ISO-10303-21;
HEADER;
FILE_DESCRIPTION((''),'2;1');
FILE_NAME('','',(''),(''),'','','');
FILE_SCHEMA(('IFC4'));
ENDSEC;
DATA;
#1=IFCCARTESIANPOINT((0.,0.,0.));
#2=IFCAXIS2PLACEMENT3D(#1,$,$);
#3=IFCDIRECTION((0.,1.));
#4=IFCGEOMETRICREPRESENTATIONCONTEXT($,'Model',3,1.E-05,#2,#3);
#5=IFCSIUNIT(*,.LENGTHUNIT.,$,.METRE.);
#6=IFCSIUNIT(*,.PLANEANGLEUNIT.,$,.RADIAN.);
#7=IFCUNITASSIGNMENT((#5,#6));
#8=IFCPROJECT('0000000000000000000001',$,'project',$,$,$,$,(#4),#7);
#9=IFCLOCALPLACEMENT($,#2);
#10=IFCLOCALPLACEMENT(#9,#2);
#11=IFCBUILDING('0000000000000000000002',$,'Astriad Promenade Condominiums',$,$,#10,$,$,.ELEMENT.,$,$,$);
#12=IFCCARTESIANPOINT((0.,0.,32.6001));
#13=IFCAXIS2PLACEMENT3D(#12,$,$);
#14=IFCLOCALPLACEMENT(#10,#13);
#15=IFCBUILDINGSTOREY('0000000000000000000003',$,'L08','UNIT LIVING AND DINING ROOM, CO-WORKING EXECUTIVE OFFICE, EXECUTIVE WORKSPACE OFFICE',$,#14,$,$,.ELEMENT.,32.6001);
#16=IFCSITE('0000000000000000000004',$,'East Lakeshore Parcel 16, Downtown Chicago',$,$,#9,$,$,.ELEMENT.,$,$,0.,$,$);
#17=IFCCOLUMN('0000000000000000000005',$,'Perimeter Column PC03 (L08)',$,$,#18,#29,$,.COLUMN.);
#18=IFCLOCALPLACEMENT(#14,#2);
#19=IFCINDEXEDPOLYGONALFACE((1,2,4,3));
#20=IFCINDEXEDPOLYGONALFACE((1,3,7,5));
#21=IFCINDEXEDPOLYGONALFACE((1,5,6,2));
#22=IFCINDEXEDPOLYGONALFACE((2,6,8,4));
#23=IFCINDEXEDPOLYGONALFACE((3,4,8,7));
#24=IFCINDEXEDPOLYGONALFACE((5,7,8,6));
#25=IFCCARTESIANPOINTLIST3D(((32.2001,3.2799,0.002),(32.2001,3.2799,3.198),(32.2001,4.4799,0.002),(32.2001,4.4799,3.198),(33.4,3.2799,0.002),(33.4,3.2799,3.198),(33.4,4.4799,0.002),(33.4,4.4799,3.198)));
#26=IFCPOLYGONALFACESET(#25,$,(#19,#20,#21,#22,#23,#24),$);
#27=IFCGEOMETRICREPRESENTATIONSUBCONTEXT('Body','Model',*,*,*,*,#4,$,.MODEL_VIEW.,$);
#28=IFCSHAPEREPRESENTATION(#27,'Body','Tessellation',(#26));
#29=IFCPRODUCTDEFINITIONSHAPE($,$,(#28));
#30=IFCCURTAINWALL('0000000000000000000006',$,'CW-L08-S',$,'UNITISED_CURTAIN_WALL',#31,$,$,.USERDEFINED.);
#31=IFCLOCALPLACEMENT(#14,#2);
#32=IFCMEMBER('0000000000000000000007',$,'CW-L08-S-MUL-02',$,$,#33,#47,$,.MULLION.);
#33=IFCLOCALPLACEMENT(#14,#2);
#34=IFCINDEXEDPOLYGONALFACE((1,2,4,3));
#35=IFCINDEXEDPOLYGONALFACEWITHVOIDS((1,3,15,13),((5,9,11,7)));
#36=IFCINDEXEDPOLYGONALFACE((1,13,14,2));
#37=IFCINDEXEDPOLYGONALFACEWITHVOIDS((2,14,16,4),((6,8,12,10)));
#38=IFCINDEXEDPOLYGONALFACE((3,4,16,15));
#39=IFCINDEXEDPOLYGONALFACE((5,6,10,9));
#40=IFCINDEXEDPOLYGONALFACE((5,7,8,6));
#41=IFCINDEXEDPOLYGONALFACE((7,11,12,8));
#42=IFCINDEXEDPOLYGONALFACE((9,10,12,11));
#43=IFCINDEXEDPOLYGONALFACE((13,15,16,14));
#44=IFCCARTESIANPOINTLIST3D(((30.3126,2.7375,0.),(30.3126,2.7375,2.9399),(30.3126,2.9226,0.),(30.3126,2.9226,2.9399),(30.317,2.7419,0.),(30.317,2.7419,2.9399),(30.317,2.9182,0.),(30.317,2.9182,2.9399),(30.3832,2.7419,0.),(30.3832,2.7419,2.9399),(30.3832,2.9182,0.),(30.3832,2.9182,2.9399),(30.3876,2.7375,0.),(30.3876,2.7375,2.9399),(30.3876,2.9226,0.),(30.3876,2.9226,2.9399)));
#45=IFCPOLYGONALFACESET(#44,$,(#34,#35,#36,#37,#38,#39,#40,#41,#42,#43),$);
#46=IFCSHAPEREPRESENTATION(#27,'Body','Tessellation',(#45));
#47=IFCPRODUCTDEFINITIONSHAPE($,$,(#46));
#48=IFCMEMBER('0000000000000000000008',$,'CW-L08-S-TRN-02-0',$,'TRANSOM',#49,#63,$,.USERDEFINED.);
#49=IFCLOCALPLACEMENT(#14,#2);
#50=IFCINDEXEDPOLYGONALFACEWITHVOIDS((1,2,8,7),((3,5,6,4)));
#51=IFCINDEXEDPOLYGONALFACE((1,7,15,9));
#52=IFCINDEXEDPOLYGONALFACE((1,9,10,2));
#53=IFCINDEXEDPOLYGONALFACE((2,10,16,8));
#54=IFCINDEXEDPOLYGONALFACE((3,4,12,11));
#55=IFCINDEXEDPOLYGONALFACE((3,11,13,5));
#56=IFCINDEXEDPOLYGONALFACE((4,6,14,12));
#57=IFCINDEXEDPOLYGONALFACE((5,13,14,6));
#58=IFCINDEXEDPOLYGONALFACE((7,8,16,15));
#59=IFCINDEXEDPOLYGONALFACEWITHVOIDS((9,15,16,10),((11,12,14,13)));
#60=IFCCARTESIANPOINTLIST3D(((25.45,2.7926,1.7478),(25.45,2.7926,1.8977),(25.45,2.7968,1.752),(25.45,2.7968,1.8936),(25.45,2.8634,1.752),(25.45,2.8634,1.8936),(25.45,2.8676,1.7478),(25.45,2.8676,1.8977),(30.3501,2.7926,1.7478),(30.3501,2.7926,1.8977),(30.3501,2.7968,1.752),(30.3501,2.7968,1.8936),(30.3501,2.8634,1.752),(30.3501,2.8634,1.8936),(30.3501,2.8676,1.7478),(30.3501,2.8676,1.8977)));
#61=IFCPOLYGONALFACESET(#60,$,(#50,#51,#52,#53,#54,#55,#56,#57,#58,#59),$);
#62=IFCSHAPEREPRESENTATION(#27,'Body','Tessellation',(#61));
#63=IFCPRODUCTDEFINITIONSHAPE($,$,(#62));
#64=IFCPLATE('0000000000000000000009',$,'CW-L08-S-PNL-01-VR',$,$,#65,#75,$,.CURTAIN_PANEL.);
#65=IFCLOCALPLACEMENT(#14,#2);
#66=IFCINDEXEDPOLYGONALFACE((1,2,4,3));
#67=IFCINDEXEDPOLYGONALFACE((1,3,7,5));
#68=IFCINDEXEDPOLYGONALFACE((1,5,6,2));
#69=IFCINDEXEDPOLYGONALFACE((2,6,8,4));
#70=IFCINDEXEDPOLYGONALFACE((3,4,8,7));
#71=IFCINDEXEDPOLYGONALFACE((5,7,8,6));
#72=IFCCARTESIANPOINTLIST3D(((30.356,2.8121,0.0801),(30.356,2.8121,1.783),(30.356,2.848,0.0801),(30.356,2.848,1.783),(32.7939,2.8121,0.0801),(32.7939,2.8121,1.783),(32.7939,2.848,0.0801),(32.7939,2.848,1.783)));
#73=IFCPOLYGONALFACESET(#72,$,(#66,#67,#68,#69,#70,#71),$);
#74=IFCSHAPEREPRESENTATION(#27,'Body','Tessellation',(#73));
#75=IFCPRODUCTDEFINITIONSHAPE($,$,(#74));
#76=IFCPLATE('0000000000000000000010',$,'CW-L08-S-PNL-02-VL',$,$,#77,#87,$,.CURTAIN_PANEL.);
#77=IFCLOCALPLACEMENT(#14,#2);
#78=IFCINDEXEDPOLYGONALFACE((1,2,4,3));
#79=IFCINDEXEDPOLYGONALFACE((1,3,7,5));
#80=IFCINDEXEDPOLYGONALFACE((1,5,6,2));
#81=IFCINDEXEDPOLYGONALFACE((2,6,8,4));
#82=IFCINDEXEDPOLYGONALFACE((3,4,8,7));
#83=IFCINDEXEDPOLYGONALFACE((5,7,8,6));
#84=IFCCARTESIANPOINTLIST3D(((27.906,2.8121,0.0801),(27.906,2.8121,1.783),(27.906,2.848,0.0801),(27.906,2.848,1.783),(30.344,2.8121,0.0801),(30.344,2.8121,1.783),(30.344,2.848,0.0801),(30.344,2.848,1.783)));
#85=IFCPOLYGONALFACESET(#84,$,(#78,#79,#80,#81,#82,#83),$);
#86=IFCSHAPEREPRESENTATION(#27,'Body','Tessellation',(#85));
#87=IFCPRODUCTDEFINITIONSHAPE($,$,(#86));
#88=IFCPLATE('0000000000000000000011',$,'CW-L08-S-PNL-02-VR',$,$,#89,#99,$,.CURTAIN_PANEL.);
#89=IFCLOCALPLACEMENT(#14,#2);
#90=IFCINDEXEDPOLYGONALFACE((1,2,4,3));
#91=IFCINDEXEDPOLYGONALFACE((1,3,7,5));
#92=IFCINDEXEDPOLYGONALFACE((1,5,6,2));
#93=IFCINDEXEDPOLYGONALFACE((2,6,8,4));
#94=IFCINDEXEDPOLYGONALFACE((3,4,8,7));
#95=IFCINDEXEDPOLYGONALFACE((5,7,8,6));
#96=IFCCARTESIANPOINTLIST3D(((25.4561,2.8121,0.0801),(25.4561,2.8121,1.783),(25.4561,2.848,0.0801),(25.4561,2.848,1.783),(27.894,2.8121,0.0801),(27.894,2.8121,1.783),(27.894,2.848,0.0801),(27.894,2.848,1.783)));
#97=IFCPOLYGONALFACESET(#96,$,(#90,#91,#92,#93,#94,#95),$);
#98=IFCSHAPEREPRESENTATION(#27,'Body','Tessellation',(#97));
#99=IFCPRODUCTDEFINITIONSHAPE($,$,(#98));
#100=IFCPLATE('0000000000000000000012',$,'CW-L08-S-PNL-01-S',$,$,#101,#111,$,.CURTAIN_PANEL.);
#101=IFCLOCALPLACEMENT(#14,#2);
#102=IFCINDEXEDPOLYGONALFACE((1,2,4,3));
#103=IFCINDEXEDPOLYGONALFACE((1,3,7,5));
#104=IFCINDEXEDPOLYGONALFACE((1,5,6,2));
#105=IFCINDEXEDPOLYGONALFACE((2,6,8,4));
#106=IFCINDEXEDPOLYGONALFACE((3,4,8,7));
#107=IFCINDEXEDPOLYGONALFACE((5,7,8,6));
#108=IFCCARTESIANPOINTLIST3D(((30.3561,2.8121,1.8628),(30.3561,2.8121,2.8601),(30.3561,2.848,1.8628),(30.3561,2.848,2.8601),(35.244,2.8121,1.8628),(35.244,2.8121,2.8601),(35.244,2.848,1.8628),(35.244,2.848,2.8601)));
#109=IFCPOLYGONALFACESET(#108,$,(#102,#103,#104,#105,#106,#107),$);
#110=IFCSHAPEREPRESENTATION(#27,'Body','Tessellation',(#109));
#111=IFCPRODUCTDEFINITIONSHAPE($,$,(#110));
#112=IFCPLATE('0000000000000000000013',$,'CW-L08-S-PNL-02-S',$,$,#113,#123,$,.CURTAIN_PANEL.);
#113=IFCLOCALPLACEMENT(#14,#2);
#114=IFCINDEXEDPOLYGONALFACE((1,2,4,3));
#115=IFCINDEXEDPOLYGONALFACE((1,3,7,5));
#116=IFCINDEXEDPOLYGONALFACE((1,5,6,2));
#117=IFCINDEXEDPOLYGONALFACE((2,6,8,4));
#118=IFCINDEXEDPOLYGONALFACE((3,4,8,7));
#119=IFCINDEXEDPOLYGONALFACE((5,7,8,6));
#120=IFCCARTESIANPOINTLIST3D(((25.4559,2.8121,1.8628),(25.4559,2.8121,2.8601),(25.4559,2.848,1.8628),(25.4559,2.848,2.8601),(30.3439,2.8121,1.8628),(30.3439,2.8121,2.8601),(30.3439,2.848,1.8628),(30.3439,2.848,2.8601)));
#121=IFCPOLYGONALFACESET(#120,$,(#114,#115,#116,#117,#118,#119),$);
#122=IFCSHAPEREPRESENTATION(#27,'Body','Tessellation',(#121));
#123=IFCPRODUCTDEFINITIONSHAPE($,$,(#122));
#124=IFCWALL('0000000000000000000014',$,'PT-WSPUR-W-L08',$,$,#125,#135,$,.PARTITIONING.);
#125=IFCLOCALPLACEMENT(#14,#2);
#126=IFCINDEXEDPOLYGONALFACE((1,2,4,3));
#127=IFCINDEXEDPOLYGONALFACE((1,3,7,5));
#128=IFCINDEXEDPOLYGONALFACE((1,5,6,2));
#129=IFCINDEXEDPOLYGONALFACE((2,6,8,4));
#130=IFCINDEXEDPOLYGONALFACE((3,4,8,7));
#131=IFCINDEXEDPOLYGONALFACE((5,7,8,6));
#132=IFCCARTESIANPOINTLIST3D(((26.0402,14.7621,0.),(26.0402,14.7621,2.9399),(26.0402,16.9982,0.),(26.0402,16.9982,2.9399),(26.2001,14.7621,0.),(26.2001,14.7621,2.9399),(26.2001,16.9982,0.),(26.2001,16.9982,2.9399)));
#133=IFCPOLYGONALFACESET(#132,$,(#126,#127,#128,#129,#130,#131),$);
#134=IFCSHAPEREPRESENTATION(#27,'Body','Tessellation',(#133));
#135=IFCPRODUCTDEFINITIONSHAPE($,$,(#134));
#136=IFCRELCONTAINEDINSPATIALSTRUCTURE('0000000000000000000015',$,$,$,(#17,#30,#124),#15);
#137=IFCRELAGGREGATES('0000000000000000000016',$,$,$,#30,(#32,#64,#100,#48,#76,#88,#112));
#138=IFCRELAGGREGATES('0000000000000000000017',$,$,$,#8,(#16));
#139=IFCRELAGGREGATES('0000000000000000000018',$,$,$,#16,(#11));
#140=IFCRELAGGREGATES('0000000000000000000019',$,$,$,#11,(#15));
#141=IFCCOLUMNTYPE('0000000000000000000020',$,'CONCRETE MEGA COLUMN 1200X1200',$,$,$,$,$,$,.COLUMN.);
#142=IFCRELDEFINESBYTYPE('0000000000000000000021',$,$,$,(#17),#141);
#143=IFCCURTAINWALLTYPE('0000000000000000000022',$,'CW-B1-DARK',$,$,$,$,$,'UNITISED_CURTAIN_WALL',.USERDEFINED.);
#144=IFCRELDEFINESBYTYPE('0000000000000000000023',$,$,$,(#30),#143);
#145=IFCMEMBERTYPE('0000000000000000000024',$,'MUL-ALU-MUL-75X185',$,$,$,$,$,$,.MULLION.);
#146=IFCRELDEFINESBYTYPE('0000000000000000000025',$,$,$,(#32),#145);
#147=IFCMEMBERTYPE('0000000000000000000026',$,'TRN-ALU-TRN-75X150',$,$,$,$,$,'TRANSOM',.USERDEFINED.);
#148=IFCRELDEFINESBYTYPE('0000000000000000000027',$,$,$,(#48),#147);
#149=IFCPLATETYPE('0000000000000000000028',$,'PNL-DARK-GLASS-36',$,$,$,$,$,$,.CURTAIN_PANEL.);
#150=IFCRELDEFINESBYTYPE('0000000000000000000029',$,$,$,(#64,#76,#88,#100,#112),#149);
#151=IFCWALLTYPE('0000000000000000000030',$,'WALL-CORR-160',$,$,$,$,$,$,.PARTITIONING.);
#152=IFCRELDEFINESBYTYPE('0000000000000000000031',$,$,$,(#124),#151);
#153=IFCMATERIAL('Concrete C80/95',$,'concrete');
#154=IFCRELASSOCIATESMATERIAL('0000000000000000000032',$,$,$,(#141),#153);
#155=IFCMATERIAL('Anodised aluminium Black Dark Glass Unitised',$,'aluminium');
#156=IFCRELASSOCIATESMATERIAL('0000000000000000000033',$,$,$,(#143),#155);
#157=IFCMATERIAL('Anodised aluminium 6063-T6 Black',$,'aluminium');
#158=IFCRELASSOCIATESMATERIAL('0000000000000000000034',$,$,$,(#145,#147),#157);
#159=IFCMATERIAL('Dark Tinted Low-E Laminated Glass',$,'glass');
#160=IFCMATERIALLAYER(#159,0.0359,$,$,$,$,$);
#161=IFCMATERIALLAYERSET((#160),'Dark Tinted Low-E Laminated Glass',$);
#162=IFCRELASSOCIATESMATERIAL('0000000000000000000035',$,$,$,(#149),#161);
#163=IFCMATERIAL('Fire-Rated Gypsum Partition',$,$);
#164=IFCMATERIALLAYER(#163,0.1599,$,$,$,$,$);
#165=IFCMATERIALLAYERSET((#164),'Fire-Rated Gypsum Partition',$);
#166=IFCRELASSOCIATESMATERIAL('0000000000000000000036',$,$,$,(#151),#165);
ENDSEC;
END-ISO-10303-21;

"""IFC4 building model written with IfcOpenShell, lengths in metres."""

from ifc_helpers import new_model, si_unit, direction, frame, frame_2d, origin, origin_2d, place, context, subcontext, project, spatial, rectangle, hollow_rectangle, extrude, source, transform, mapped, material, layer, layer_set, material_profile, profile_set, type_object, type_shapes, element, aggregate, save


model = new_model("IFC4")

# Units and contexts
model_context = context("Model", 3, precision=1e-05, world=origin(), true_north=direction((0.0, 1.0)))
body_context = subcontext(model_context, "Body", "Model", "MODEL_VIEW")
ifc_project = project(units=[si_unit("LENGTHUNIT", "METRE"), si_unit("PLANEANGLEUNIT", "RADIAN")], contexts=[model_context])

# Site, building, storey
site_placement = place(None, origin())
site = spatial("IfcSite", under=ifc_project, at=site_placement, Name="East Lakeshore Parcel 16, Downtown Chicago", CompositionType="ELEMENT", RefElevation=0.0)
building_placement = place(site_placement, origin())
building = spatial("IfcBuilding", under=site, at=building_placement, Name="Astriad Promenade Condominiums", CompositionType="ELEMENT")
storey_placement = place(building_placement, frame((0.0, 0.0, 32.6001)))
storey = spatial("IfcBuildingStorey", under=building, at=storey_placement, Name="L08", Description="UNIT LIVING AND DINING ROOM, CO-WORKING EXECUTIVE OFFICE, EXECUTIVE WORKSPACE OFFICE", CompositionType="ELEMENT", Elevation=32.6001)

# Column
ifc_material_1 = material(Name="Concrete C80/95", Category="concrete")
ifc_material_profile_1 = material_profile(ifc_material_1, rectangle(XDim=1.2, YDim=1.2, at=origin_2d()), Name="RC-COL-1200X1200")
ifc_profile_set_1 = profile_set([ifc_material_profile_1], Name="Concrete C80/95")
column_type = type_object("IfcColumnType", Name="CONCRETE MEGA COLUMN 1200X1200", PredefinedType="COLUMN", material=ifc_profile_set_1)
shared_shape_1 = source(origin(), body_context, "Body", "SweptSolid", [
    extrude(rectangle(XDim=1.2, YDim=1.2, at=origin_2d()), origin(), (0.0, 0.0, 1.0), 3.196),
])
type_shapes(column_type, [shared_shape_1])
column_placement = place(storey_placement, frame((32.8, 3.8799, 0.002), z_axis=(0.0, 0.0, 1.0), x_axis=(1.0, 0.0, 0.0)))
element("IfcColumn", 1, at=column_placement, inside=storey, type_object=column_type, Name="Perimeter Column PC03 (L08)", PredefinedType="COLUMN", context=body_context, shape_type="MappedRepresentation", body=[
    mapped(shared_shape_1, transform((0.0, 0.0, 0.0), scale=1.0)),
])

# Curtain wall, members, plates
ifc_material_2 = material(Name="Anodised aluminium Black Dark Glass Unitised", Category="aluminium")
curtain_wall_type = type_object("IfcCurtainWallType", Name="CW-B1-DARK", ElementType="UNITISED_CURTAIN_WALL", PredefinedType="USERDEFINED", material=ifc_material_2)
curtain_wall_placement = place(storey_placement, origin())
curtain_wall = element("IfcCurtainWall", 2, at=curtain_wall_placement, inside=storey, type_object=curtain_wall_type, Name="CW-L08-S", ObjectType="UNITISED_CURTAIN_WALL", PredefinedType="USERDEFINED")
ifc_material_3 = material(Name="Anodised aluminium 6063-T6 Black", Category="aluminium")
ifc_material_profile_2 = material_profile(ifc_material_3, hollow_rectangle(XDim=0.075, YDim=0.1851, WallThickness=0.0044, at=origin_2d()), Name="ALU-MUL-75X185")
ifc_profile_set_2 = profile_set([ifc_material_profile_2], Name="Anodised aluminium 6063-T6 Black")
member_type_1 = type_object("IfcMemberType", Name="MUL-ALU-MUL-75X185", PredefinedType="MULLION", material=ifc_profile_set_2)
shared_shape_2 = source(origin(), body_context, "Body", "SweptSolid", [
    extrude(hollow_rectangle(XDim=0.075, YDim=0.1851, WallThickness=0.0044, at=origin_2d()), origin(), (0.0, 0.0, 1.0), 2.9399),
])
type_shapes(member_type_1, [shared_shape_2])
member_1_placement = place(storey_placement, frame((30.3501, 2.8301, 0.0), z_axis=(0.0, 0.0, 1.0), x_axis=(1.0, 0.0, 0.0)))
member_1 = element("IfcMember", 3, at=member_1_placement, type_object=member_type_1, Name="CW-L08-S-MUL-02", PredefinedType="MULLION", context=body_context, shape_type="MappedRepresentation", body=[
    mapped(shared_shape_2, transform((0.0, 0.0, 0.0), scale=1.0)),
])
ifc_material_profile_3 = material_profile(ifc_material_3, hollow_rectangle(XDim=0.075, YDim=0.1499, WallThickness=0.0042, at=origin_2d()), Name="ALU-TRN-75X150")
ifc_profile_set_3 = profile_set([ifc_material_profile_3], Name="Anodised aluminium 6063-T6 Black")
member_type_2 = type_object("IfcMemberType", Name="TRN-ALU-TRN-75X150", ElementType="TRANSOM", PredefinedType="USERDEFINED", material=ifc_profile_set_3)
shared_shape_3 = source(origin(), body_context, "Body", "SweptSolid", [
    extrude(hollow_rectangle(XDim=0.075, YDim=0.1499, WallThickness=0.0042, at=origin_2d()), origin(), (0.0, 0.0, 1.0), 4.9001),
])
type_shapes(member_type_2, [shared_shape_3])
member_2_placement = place(storey_placement, frame((30.3501, 2.8301, 1.8228), z_axis=(-1.0, 0.0, 0.0), x_axis=(0.0, -1.0, 0.0)))
member_2 = element("IfcMember", 4, at=member_2_placement, type_object=member_type_2, Name="CW-L08-S-TRN-02-0", ObjectType="TRANSOM", PredefinedType="USERDEFINED", context=body_context, shape_type="MappedRepresentation", body=[
    mapped(shared_shape_3, transform((0.0, 0.0, 0.0), scale=1.0)),
])
ifc_material_4 = material(Name="Dark Tinted Low-E Laminated Glass", Category="glass")
ifc_layer_1 = layer(ifc_material_4, 0.0359)
ifc_layer_set_1 = layer_set([ifc_layer_1], Name="Dark Tinted Low-E Laminated Glass")
plate_type = type_object("IfcPlateType", Name="PNL-DARK-GLASS-36", PredefinedType="CURTAIN_PANEL", material=ifc_layer_set_1)
shared_shape_4 = source(origin(), body_context, "Body", "SweptSolid", [
    extrude(rectangle(XDim=2.438, YDim=0.0359, at=origin_2d()), origin(), (0.0, 0.0, 1.0), 1.7029),
])
plate_1_placement = place(storey_placement, frame((31.575, 2.8301, 0.0801), z_axis=(0.0, 0.0, 1.0), x_axis=(-1.0, 0.0, 0.0)))
plate_1 = element("IfcPlate", 5, at=plate_1_placement, type_object=plate_type, Name="CW-L08-S-PNL-01-VR", PredefinedType="CURTAIN_PANEL", context=body_context, shape_type="MappedRepresentation", body=[
    mapped(shared_shape_4, transform((0.0, 0.0, 0.0), scale=1.0)),
])
plate_2_placement = place(storey_placement, frame((29.125, 2.8301, 0.0801), z_axis=(0.0, 0.0, 1.0), x_axis=(-1.0, 0.0, 0.0)))
plate_2 = element("IfcPlate", 6, at=plate_2_placement, type_object=plate_type, Name="CW-L08-S-PNL-02-VL", PredefinedType="CURTAIN_PANEL", context=body_context, shape_type="MappedRepresentation", body=[
    mapped(shared_shape_4, transform((0.0, 0.0, 0.0), scale=1.0)),
])
plate_3_placement = place(storey_placement, frame((26.675, 2.8301, 0.0801), z_axis=(0.0, 0.0, 1.0), x_axis=(-1.0, 0.0, 0.0)))
plate_3 = element("IfcPlate", 7, at=plate_3_placement, type_object=plate_type, Name="CW-L08-S-PNL-02-VR", PredefinedType="CURTAIN_PANEL", context=body_context, shape_type="MappedRepresentation", body=[
    mapped(shared_shape_4, transform((0.0, 0.0, 0.0), scale=1.0)),
])
shared_shape_5 = source(origin(), body_context, "Body", "SweptSolid", [
    extrude(rectangle(XDim=4.8879, YDim=0.0359, at=origin_2d()), origin(), (0.0, 0.0, 1.0), 0.9973),
])
type_shapes(plate_type, [shared_shape_4, shared_shape_5])
plate_4_placement = place(storey_placement, frame((32.8, 2.8301, 1.8628), z_axis=(0.0, 0.0, 1.0), x_axis=(-1.0, 0.0, 0.0)))
plate_4 = element("IfcPlate", 8, at=plate_4_placement, type_object=plate_type, Name="CW-L08-S-PNL-01-S", PredefinedType="CURTAIN_PANEL", context=body_context, shape_type="MappedRepresentation", body=[
    mapped(shared_shape_5, transform((0.0, 0.0, 0.0), scale=1.0)),
])
plate_5_placement = place(storey_placement, frame((27.8999, 2.8301, 1.8628), z_axis=(0.0, 0.0, 1.0), x_axis=(-1.0, 0.0, 0.0)))
plate_5 = element("IfcPlate", 9, at=plate_5_placement, type_object=plate_type, Name="CW-L08-S-PNL-02-S", PredefinedType="CURTAIN_PANEL", context=body_context, shape_type="MappedRepresentation", body=[
    mapped(shared_shape_5, transform((0.0, 0.0, 0.0), scale=1.0)),
])
aggregate(curtain_wall, [member_1, plate_1, plate_4, member_2, plate_2, plate_3, plate_5])

# Wall
ifc_material_5 = material(Name="Fire-Rated Gypsum Partition")
ifc_layer_2 = layer(ifc_material_5, 0.1599)
ifc_layer_set_2 = layer_set([ifc_layer_2], Name="Fire-Rated Gypsum Partition")
wall_type_1 = type_object("IfcWallType", Name="WALL-CORR-160", PredefinedType="PARTITIONING", material=ifc_layer_set_2)
wall_1_placement = place(storey_placement, frame((26.1201, 14.762, 0.0), z_axis=(0.0, 0.0, 1.0), x_axis=(0.0, 1.0, 0.0)))
element("IfcWall", 10, at=wall_1_placement, inside=storey, type_object=wall_type_1, Name="PT-WSPUR-W-L08", PredefinedType="PARTITIONING", context=body_context, shape_type="SweptSolid", body=[
    extrude(rectangle(XDim=2.2361, YDim=0.1599, at=frame_2d((1.1182, 0.0))), origin(), (0.0, 0.0, 1.0), 2.9399),
])

save(model, "model.ifc")
